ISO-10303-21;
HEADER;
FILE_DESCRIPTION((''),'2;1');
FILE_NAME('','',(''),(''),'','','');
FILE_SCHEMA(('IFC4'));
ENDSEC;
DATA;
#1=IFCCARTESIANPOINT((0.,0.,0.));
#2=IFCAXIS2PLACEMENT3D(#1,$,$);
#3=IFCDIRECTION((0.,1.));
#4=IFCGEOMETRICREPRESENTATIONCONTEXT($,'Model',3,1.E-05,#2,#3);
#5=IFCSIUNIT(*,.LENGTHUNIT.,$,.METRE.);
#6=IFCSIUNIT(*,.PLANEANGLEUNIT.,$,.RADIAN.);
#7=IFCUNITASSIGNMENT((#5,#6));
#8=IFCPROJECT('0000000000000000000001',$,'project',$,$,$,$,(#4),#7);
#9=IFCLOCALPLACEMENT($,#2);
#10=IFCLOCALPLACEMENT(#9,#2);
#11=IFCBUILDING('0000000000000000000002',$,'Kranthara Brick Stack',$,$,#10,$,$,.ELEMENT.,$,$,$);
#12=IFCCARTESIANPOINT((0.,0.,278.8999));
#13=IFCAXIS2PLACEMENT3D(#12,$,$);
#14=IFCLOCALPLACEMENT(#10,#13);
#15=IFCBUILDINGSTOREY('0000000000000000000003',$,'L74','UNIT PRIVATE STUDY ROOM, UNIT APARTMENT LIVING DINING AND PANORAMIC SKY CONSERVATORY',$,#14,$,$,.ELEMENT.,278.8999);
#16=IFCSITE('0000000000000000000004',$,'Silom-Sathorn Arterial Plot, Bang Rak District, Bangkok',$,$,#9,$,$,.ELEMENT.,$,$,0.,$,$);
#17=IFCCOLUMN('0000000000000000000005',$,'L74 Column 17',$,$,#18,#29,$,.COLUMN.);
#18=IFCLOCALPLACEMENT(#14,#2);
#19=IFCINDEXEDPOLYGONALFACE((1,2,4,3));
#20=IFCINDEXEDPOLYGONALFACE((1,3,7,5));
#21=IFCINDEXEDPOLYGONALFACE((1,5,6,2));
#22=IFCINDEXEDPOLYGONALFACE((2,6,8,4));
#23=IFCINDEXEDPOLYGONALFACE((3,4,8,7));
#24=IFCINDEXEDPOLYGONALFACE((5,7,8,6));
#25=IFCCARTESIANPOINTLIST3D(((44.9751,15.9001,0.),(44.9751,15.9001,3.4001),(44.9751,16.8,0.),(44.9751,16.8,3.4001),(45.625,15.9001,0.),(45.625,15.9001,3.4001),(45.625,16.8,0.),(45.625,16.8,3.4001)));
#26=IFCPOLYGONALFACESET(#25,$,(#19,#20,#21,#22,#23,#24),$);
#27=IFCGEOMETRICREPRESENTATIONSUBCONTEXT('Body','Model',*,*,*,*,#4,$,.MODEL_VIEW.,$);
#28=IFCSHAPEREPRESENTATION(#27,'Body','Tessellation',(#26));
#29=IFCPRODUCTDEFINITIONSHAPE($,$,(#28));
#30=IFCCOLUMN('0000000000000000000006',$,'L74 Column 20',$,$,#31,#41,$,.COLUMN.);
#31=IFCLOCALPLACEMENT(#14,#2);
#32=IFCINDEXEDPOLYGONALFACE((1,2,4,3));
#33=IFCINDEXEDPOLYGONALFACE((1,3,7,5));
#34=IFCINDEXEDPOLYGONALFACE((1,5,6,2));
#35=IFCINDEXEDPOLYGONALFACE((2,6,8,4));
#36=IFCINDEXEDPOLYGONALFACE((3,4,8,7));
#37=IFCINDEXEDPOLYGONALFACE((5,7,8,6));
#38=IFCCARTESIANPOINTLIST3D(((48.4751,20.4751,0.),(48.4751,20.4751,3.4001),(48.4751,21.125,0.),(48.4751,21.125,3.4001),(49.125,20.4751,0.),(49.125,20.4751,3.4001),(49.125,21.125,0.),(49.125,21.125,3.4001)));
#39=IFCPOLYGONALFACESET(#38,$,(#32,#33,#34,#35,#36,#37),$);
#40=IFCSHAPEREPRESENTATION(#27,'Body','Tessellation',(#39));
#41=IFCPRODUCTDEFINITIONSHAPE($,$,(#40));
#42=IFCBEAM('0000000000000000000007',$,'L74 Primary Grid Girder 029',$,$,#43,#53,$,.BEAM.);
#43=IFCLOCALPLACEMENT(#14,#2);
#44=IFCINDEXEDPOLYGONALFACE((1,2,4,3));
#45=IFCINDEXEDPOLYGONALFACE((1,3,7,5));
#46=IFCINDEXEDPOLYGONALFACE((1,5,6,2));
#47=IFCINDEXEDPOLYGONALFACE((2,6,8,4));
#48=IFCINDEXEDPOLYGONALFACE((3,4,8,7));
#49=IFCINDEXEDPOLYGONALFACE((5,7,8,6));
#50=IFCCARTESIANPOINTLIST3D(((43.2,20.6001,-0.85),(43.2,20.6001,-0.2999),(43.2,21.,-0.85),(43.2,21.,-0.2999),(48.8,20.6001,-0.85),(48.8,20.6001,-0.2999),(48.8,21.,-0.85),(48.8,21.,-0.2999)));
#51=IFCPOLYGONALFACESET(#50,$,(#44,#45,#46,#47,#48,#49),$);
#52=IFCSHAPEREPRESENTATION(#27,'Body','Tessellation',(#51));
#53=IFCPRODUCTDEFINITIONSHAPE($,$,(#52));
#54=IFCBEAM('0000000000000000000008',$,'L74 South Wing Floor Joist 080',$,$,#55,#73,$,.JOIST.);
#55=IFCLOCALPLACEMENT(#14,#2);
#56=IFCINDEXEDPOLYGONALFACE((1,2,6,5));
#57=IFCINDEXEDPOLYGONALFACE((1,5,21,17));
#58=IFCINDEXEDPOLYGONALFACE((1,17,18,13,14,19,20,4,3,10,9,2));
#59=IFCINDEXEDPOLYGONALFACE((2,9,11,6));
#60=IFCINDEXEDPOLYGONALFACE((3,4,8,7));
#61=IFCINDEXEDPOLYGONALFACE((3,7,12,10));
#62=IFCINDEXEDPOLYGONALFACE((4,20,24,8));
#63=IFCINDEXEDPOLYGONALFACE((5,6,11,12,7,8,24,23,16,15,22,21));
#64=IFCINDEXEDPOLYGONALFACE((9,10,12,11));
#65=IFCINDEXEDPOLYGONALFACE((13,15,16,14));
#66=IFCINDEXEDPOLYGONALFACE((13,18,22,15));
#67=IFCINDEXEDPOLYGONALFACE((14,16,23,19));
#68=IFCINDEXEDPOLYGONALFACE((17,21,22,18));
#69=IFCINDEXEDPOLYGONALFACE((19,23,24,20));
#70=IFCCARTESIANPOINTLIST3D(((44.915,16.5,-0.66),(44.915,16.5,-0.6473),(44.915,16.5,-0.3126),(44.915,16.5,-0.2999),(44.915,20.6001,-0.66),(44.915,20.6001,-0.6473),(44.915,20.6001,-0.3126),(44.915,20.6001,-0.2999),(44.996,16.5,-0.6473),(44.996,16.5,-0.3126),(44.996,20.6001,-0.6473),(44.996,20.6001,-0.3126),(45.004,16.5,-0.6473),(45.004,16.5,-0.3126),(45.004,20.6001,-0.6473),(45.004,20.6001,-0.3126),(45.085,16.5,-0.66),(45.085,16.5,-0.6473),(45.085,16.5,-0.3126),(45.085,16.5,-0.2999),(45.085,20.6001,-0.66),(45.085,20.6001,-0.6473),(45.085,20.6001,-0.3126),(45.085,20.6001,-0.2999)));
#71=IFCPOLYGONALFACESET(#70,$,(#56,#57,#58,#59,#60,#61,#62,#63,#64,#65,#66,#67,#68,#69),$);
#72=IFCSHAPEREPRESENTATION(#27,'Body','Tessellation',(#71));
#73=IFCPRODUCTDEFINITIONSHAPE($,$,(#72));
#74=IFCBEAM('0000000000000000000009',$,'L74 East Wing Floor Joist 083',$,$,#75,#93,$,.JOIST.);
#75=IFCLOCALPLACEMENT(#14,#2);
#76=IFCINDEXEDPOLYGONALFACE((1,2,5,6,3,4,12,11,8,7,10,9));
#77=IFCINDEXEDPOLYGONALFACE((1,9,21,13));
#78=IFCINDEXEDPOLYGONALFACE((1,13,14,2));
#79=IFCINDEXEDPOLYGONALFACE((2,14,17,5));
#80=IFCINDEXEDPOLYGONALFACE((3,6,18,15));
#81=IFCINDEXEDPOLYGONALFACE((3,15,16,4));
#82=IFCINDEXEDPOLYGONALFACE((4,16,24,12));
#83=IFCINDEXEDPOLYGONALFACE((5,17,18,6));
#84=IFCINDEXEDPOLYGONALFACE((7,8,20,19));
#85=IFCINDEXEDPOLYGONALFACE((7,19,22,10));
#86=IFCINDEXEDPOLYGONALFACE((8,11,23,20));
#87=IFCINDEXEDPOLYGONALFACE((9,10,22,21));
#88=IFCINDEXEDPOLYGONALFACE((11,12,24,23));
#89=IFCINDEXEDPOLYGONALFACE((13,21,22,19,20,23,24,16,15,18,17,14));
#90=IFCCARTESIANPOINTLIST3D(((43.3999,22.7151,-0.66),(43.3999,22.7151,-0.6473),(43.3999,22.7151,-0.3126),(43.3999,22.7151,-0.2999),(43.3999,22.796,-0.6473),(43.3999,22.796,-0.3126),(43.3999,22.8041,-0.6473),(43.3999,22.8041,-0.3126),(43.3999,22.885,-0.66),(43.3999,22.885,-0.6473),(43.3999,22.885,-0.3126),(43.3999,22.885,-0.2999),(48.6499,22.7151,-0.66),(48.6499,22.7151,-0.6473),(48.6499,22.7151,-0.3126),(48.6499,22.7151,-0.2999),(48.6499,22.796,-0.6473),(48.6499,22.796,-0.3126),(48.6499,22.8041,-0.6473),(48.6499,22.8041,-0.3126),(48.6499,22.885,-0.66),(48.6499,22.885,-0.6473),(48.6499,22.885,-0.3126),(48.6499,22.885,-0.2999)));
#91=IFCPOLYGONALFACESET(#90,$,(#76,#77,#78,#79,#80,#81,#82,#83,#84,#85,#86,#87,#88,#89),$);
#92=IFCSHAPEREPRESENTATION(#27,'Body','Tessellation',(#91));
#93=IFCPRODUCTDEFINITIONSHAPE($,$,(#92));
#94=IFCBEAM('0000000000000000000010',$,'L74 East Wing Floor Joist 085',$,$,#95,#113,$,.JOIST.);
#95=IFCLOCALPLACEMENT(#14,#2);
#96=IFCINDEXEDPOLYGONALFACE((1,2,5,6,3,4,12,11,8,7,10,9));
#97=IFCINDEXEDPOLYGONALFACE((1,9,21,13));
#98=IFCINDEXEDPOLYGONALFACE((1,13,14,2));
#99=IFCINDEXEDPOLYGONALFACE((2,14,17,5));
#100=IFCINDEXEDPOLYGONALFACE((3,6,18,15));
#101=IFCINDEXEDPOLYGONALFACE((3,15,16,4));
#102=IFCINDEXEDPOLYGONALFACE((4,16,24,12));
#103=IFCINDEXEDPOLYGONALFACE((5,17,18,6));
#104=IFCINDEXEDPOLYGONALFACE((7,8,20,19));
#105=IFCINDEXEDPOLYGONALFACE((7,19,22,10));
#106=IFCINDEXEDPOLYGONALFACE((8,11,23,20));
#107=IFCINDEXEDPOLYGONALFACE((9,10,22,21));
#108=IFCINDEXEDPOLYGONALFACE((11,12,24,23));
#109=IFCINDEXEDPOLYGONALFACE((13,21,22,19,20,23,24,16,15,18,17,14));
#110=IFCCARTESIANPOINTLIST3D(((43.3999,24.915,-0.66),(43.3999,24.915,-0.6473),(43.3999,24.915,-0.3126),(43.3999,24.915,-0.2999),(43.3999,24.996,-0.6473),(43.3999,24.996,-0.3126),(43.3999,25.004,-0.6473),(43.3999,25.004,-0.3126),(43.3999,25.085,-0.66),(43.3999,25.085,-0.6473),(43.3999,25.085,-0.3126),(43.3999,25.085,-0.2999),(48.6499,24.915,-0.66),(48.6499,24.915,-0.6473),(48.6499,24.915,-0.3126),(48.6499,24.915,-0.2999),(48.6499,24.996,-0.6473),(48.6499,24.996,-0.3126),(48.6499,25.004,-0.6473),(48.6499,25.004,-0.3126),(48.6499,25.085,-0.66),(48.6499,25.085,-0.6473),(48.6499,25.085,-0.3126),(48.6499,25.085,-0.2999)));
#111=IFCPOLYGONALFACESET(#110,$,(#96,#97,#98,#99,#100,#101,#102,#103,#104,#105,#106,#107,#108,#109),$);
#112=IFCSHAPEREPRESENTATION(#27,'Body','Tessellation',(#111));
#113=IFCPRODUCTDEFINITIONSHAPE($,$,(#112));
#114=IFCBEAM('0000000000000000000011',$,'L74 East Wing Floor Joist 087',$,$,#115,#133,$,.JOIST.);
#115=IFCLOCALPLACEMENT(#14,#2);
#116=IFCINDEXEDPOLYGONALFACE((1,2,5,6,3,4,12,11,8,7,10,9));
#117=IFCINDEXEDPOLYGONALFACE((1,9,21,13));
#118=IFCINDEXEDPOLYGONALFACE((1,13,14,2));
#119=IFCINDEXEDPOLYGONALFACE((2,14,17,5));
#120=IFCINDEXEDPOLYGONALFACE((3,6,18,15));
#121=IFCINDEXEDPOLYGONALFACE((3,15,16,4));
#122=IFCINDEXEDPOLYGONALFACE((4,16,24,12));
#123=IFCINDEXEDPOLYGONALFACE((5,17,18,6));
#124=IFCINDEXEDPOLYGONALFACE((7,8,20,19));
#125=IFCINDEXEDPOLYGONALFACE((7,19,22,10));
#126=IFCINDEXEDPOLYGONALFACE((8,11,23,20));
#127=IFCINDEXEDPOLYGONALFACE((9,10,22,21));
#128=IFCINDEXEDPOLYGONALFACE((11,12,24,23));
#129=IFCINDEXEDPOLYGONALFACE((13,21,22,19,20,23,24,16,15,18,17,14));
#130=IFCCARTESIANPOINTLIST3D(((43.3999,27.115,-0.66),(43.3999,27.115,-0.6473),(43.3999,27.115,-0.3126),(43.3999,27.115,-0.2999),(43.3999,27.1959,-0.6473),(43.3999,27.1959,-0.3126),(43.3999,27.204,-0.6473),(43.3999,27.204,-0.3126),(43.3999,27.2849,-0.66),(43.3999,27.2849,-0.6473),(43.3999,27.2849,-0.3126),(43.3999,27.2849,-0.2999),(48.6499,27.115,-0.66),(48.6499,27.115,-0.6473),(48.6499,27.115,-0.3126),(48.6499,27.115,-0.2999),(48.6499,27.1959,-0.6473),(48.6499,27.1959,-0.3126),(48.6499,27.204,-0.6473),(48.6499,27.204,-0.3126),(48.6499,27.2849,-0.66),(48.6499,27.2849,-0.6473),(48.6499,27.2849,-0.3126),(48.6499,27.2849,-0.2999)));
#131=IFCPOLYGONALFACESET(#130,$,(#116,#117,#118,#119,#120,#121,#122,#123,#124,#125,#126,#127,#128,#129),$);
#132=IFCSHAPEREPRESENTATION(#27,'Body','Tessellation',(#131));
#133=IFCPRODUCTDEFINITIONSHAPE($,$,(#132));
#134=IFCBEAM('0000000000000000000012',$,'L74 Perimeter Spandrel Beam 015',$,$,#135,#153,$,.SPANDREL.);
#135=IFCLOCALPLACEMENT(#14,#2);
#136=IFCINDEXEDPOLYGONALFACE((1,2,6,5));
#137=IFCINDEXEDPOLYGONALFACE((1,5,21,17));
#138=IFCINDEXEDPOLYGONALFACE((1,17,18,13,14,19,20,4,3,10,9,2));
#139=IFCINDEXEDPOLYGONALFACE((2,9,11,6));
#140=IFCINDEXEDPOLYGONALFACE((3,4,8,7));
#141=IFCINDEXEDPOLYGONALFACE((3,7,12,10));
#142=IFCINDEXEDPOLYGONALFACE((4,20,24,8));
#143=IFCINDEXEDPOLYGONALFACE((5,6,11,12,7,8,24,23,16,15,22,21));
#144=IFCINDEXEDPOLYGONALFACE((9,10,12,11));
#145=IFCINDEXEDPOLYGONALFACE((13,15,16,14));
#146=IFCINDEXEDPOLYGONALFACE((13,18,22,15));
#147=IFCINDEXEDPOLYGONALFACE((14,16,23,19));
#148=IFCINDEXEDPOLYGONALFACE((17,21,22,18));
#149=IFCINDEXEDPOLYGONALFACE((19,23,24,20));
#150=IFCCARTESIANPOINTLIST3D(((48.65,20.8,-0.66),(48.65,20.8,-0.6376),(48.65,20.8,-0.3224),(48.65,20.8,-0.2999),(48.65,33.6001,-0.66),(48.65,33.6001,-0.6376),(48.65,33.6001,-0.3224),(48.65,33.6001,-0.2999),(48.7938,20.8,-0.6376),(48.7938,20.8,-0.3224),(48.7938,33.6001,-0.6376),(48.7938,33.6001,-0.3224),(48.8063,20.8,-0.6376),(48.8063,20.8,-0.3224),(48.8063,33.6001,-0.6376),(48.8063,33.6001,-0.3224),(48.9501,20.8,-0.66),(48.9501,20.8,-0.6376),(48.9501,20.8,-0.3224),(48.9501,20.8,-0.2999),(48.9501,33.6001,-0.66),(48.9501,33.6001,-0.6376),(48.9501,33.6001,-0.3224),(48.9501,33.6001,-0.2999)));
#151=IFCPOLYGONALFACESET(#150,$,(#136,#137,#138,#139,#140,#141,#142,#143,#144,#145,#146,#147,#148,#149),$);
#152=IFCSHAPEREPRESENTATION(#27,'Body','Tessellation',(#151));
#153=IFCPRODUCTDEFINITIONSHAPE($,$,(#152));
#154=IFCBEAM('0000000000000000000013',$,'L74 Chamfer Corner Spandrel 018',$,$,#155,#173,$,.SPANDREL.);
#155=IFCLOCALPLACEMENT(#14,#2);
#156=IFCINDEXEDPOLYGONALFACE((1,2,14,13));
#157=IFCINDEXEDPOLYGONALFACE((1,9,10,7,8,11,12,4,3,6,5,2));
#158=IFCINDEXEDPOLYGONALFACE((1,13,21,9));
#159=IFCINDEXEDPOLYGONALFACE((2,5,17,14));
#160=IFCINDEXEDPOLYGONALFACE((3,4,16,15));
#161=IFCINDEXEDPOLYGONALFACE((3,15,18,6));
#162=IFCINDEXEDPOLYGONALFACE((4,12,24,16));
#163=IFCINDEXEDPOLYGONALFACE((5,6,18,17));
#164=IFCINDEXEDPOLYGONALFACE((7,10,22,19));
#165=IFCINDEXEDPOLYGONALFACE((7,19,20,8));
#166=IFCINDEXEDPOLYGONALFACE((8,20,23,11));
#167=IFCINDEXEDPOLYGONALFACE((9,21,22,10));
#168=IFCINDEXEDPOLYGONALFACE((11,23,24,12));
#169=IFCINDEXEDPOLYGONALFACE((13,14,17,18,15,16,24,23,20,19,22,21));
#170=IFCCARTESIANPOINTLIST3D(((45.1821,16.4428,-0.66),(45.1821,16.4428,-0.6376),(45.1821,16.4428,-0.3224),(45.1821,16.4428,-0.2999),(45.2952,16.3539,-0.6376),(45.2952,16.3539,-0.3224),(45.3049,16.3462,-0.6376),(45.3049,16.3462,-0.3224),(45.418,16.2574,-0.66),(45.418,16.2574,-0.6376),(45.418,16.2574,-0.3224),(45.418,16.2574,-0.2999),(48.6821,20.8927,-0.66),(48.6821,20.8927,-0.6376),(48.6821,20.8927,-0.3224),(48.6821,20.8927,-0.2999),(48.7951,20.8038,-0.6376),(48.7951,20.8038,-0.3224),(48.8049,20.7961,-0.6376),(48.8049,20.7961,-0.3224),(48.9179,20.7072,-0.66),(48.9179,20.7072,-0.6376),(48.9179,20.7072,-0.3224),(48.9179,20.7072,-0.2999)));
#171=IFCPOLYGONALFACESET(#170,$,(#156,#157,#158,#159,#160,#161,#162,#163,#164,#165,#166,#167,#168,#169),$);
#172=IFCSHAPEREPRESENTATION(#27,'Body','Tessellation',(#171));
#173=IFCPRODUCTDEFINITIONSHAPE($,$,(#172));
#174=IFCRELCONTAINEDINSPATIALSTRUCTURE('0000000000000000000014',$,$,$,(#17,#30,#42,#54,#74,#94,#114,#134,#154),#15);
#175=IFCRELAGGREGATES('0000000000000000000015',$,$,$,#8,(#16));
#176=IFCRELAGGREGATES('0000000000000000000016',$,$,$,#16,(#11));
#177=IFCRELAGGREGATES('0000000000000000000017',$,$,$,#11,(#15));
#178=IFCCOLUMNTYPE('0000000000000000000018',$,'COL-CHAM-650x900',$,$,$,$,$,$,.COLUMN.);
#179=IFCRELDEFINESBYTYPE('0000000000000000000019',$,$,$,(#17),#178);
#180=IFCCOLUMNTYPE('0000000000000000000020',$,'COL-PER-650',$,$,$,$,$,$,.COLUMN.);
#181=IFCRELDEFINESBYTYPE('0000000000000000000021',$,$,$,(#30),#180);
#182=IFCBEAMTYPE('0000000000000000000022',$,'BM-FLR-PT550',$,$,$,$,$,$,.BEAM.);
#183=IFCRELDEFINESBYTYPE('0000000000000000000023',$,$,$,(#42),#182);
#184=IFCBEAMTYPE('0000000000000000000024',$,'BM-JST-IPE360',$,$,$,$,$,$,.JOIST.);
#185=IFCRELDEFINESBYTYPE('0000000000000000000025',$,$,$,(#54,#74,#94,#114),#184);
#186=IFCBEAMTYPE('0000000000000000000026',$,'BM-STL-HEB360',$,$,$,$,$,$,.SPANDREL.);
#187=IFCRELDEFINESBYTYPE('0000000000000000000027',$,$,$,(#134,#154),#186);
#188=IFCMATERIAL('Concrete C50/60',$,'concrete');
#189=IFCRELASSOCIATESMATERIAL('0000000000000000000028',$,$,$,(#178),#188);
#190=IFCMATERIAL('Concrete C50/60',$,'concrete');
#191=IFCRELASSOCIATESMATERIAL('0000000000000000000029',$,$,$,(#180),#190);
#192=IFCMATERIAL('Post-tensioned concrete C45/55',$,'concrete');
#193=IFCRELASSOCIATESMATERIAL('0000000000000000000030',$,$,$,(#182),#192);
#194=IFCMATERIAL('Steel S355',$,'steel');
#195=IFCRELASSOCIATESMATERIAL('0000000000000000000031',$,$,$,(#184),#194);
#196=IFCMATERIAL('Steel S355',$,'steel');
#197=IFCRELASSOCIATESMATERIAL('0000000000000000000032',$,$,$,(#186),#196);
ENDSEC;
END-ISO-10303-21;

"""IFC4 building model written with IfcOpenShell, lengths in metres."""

from ifc_helpers import new_model, si_unit, direction, frame, origin, origin_2d, place, context, subcontext, project, spatial, rectangle, i_section, extrude, material, material_profile, profile_set, type_object, element, save


model = new_model("IFC4")

# Units and contexts
model_context = context("Model", 3, precision=1e-05, world=origin(), true_north=direction((0.0, 1.0)))
body_context = subcontext(model_context, "Body", "Model", "MODEL_VIEW")
ifc_project = project(units=[si_unit("LENGTHUNIT", "METRE"), si_unit("PLANEANGLEUNIT", "RADIAN")], contexts=[model_context])

# Site, building, storey
site_placement = place(None, origin())
site = spatial("IfcSite", under=ifc_project, at=site_placement, Name="Silom-Sathorn Arterial Plot, Bang Rak District, Bangkok", CompositionType="ELEMENT", RefElevation=0.0)
building_placement = place(site_placement, origin())
building = spatial("IfcBuilding", under=site, at=building_placement, Name="Kranthara Brick Stack", CompositionType="ELEMENT")
storey_placement = place(building_placement, frame((0.0, 0.0, 278.8999)))
storey = spatial("IfcBuildingStorey", under=building, at=storey_placement, Name="L74", Description="UNIT PRIVATE STUDY ROOM, UNIT APARTMENT LIVING DINING AND PANORAMIC SKY CONSERVATORY", CompositionType="ELEMENT", Elevation=278.8999)

# Columns
ifc_material_1 = material(Name="Concrete C50/60", Category="concrete")
ifc_material_profile_1 = material_profile(ifc_material_1, rectangle(XDim=0.6499, YDim=0.8999, at=origin_2d()), Name="RC 650x900")
ifc_profile_set_1 = profile_set([ifc_material_profile_1], Name="Concrete C50/60")
column_type_1 = type_object("IfcColumnType", Name="COL-CHAM-650x900", PredefinedType="COLUMN", material=ifc_profile_set_1)
column_1_placement = place(storey_placement, frame((45.3, 16.3501, 0.0), z_axis=(0.0, 0.0, 1.0), x_axis=(1.0, 0.0, 0.0)))
element("IfcColumn", 1, at=column_1_placement, inside=storey, type_object=column_type_1, Name="L74 Column 17", PredefinedType="COLUMN", context=body_context, shape_type="SweptSolid", body=[
    extrude(rectangle(XDim=0.6499, YDim=0.8999, at=origin_2d()), origin(), (0.0, 0.0, 1.0), 3.4001),
])
ifc_material_2 = material(Name="Concrete C50/60", Category="concrete")
ifc_material_profile_2 = material_profile(ifc_material_2, rectangle(XDim=0.6499, YDim=0.6499, at=origin_2d()), Name="RC 650x650")
ifc_profile_set_2 = profile_set([ifc_material_profile_2], Name="Concrete C50/60")
column_type_2 = type_object("IfcColumnType", Name="COL-PER-650", PredefinedType="COLUMN", material=ifc_profile_set_2)
column_2_placement = place(storey_placement, frame((48.8, 20.8, 0.0), z_axis=(0.0, 0.0, 1.0), x_axis=(1.0, 0.0, 0.0)))
element("IfcColumn", 2, at=column_2_placement, inside=storey, type_object=column_type_2, Name="L74 Column 20", PredefinedType="COLUMN", context=body_context, shape_type="SweptSolid", body=[
    extrude(rectangle(XDim=0.6499, YDim=0.6499, at=origin_2d()), origin(), (0.0, 0.0, 1.0), 3.4001),
])

# Beams
ifc_material_3 = material(Name="Post-tensioned concrete C45/55", Category="concrete")
ifc_material_profile_3 = material_profile(ifc_material_3, rectangle(XDim=0.3999, YDim=0.55, at=origin_2d()), Name="PT 400x550")
ifc_profile_set_3 = profile_set([ifc_material_profile_3], Name="Post-tensioned concrete C45/55")
beam_type_1 = type_object("IfcBeamType", Name="BM-FLR-PT550", PredefinedType="BEAM", material=ifc_profile_set_3)
beam_1_placement = place(storey_placement, frame((43.2, 20.8, -0.575), z_axis=(1.0, 0.0, 0.0), x_axis=(0.0, 1.0, 0.0)))
element("IfcBeam", 3, at=beam_1_placement, inside=storey, type_object=beam_type_1, Name="L74 Primary Grid Girder 029", PredefinedType="BEAM", context=body_context, shape_type="SweptSolid", body=[
    extrude(rectangle(XDim=0.3999, YDim=0.55, at=origin_2d()), origin(), (0.0, 0.0, 1.0), 5.6001),
])
ifc_material_4 = material(Name="Steel S355", Category="steel")
ifc_material_profile_4 = material_profile(ifc_material_4, i_section(OverallWidth=0.1699, OverallDepth=0.3601, WebThickness=0.0081, FlangeThickness=0.0127, at=origin_2d()), Name="IPE 360")
ifc_profile_set_4 = profile_set([ifc_material_profile_4], Name="Steel S355")
beam_type_2 = type_object("IfcBeamType", Name="BM-JST-IPE360", PredefinedType="JOIST", material=ifc_profile_set_4)
beam_2_placement = place(storey_placement, frame((45.0, 16.5, -0.48), z_axis=(0.0, 1.0, 0.0), x_axis=(-1.0, 0.0, 0.0)))
element("IfcBeam", 4, at=beam_2_placement, inside=storey, type_object=beam_type_2, Name="L74 South Wing Floor Joist 080", PredefinedType="JOIST", context=body_context, shape_type="SweptSolid", body=[
    extrude(i_section(OverallWidth=0.1699, OverallDepth=0.3601, WebThickness=0.0081, FlangeThickness=0.0127, at=origin_2d()), origin(), (0.0, 0.0, 1.0), 4.1001),
])
for number, where, z_axis, x_axis, name in (
    (5, (43.3999, 22.8, -0.48), (1.0, 0.0, 0.0), (0.0, 1.0, 0.0), "L74 East Wing Floor Joist 083"),
    (6, (43.3999, 25.0, -0.48), (1.0, 0.0, 0.0), (0.0, 1.0, 0.0), "L74 East Wing Floor Joist 085"),
    (7, (43.3999, 27.2, -0.48), (1.0, 0.0, 0.0), (0.0, 1.0, 0.0), "L74 East Wing Floor Joist 087"),
):
    element("IfcBeam", number, at=place(storey_placement, frame(where, z_axis=z_axis, x_axis=x_axis)), inside=storey, type_object=beam_type_2, Name=name, PredefinedType="JOIST", context=body_context, shape_type="SweptSolid", body=[
        extrude(i_section(OverallWidth=0.1699, OverallDepth=0.3601, WebThickness=0.0081, FlangeThickness=0.0127, at=origin_2d()), origin(), (0.0, 0.0, 1.0), 5.25),
    ])
ifc_material_5 = material(Name="Steel S355", Category="steel")
ifc_material_profile_5 = material_profile(ifc_material_5, i_section(OverallWidth=0.3, OverallDepth=0.3601, WebThickness=0.0125, FlangeThickness=0.0225, at=origin_2d()), Name="HEB 360")
ifc_profile_set_5 = profile_set([ifc_material_profile_5], Name="Steel S355")
beam_type_3 = type_object("IfcBeamType", Name="BM-STL-HEB360", PredefinedType="SPANDREL", material=ifc_profile_set_5)
beam_3_placement = place(storey_placement, frame((48.8, 20.8, -0.48), z_axis=(0.0, 1.0, 0.0), x_axis=(-1.0, 0.0, 0.0)))
element("IfcBeam", 8, at=beam_3_placement, inside=storey, type_object=beam_type_3, Name="L74 Perimeter Spandrel Beam 015", PredefinedType="SPANDREL", context=body_context, shape_type="SweptSolid", body=[
    extrude(i_section(OverallWidth=0.3, OverallDepth=0.3601, WebThickness=0.0125, FlangeThickness=0.0225, at=origin_2d()), origin(), (0.0, 0.0, 1.0), 12.8),
])
beam_4_placement = place(storey_placement, frame((45.3, 16.3501, -0.48), z_axis=(0.618216, 0.786008, 0.0), x_axis=(-0.786008, 0.618216, 0.0)))
element("IfcBeam", 9, at=beam_4_placement, inside=storey, type_object=beam_type_3, Name="L74 Chamfer Corner Spandrel 018", PredefinedType="SPANDREL", context=body_context, shape_type="SweptSolid", body=[
    extrude(i_section(OverallWidth=0.3, OverallDepth=0.3601, WebThickness=0.0125, FlangeThickness=0.0225, at=origin_2d()), origin(), (0.0, 0.0, 1.0), 5.6614),
])

save(model, "model.ifc")
